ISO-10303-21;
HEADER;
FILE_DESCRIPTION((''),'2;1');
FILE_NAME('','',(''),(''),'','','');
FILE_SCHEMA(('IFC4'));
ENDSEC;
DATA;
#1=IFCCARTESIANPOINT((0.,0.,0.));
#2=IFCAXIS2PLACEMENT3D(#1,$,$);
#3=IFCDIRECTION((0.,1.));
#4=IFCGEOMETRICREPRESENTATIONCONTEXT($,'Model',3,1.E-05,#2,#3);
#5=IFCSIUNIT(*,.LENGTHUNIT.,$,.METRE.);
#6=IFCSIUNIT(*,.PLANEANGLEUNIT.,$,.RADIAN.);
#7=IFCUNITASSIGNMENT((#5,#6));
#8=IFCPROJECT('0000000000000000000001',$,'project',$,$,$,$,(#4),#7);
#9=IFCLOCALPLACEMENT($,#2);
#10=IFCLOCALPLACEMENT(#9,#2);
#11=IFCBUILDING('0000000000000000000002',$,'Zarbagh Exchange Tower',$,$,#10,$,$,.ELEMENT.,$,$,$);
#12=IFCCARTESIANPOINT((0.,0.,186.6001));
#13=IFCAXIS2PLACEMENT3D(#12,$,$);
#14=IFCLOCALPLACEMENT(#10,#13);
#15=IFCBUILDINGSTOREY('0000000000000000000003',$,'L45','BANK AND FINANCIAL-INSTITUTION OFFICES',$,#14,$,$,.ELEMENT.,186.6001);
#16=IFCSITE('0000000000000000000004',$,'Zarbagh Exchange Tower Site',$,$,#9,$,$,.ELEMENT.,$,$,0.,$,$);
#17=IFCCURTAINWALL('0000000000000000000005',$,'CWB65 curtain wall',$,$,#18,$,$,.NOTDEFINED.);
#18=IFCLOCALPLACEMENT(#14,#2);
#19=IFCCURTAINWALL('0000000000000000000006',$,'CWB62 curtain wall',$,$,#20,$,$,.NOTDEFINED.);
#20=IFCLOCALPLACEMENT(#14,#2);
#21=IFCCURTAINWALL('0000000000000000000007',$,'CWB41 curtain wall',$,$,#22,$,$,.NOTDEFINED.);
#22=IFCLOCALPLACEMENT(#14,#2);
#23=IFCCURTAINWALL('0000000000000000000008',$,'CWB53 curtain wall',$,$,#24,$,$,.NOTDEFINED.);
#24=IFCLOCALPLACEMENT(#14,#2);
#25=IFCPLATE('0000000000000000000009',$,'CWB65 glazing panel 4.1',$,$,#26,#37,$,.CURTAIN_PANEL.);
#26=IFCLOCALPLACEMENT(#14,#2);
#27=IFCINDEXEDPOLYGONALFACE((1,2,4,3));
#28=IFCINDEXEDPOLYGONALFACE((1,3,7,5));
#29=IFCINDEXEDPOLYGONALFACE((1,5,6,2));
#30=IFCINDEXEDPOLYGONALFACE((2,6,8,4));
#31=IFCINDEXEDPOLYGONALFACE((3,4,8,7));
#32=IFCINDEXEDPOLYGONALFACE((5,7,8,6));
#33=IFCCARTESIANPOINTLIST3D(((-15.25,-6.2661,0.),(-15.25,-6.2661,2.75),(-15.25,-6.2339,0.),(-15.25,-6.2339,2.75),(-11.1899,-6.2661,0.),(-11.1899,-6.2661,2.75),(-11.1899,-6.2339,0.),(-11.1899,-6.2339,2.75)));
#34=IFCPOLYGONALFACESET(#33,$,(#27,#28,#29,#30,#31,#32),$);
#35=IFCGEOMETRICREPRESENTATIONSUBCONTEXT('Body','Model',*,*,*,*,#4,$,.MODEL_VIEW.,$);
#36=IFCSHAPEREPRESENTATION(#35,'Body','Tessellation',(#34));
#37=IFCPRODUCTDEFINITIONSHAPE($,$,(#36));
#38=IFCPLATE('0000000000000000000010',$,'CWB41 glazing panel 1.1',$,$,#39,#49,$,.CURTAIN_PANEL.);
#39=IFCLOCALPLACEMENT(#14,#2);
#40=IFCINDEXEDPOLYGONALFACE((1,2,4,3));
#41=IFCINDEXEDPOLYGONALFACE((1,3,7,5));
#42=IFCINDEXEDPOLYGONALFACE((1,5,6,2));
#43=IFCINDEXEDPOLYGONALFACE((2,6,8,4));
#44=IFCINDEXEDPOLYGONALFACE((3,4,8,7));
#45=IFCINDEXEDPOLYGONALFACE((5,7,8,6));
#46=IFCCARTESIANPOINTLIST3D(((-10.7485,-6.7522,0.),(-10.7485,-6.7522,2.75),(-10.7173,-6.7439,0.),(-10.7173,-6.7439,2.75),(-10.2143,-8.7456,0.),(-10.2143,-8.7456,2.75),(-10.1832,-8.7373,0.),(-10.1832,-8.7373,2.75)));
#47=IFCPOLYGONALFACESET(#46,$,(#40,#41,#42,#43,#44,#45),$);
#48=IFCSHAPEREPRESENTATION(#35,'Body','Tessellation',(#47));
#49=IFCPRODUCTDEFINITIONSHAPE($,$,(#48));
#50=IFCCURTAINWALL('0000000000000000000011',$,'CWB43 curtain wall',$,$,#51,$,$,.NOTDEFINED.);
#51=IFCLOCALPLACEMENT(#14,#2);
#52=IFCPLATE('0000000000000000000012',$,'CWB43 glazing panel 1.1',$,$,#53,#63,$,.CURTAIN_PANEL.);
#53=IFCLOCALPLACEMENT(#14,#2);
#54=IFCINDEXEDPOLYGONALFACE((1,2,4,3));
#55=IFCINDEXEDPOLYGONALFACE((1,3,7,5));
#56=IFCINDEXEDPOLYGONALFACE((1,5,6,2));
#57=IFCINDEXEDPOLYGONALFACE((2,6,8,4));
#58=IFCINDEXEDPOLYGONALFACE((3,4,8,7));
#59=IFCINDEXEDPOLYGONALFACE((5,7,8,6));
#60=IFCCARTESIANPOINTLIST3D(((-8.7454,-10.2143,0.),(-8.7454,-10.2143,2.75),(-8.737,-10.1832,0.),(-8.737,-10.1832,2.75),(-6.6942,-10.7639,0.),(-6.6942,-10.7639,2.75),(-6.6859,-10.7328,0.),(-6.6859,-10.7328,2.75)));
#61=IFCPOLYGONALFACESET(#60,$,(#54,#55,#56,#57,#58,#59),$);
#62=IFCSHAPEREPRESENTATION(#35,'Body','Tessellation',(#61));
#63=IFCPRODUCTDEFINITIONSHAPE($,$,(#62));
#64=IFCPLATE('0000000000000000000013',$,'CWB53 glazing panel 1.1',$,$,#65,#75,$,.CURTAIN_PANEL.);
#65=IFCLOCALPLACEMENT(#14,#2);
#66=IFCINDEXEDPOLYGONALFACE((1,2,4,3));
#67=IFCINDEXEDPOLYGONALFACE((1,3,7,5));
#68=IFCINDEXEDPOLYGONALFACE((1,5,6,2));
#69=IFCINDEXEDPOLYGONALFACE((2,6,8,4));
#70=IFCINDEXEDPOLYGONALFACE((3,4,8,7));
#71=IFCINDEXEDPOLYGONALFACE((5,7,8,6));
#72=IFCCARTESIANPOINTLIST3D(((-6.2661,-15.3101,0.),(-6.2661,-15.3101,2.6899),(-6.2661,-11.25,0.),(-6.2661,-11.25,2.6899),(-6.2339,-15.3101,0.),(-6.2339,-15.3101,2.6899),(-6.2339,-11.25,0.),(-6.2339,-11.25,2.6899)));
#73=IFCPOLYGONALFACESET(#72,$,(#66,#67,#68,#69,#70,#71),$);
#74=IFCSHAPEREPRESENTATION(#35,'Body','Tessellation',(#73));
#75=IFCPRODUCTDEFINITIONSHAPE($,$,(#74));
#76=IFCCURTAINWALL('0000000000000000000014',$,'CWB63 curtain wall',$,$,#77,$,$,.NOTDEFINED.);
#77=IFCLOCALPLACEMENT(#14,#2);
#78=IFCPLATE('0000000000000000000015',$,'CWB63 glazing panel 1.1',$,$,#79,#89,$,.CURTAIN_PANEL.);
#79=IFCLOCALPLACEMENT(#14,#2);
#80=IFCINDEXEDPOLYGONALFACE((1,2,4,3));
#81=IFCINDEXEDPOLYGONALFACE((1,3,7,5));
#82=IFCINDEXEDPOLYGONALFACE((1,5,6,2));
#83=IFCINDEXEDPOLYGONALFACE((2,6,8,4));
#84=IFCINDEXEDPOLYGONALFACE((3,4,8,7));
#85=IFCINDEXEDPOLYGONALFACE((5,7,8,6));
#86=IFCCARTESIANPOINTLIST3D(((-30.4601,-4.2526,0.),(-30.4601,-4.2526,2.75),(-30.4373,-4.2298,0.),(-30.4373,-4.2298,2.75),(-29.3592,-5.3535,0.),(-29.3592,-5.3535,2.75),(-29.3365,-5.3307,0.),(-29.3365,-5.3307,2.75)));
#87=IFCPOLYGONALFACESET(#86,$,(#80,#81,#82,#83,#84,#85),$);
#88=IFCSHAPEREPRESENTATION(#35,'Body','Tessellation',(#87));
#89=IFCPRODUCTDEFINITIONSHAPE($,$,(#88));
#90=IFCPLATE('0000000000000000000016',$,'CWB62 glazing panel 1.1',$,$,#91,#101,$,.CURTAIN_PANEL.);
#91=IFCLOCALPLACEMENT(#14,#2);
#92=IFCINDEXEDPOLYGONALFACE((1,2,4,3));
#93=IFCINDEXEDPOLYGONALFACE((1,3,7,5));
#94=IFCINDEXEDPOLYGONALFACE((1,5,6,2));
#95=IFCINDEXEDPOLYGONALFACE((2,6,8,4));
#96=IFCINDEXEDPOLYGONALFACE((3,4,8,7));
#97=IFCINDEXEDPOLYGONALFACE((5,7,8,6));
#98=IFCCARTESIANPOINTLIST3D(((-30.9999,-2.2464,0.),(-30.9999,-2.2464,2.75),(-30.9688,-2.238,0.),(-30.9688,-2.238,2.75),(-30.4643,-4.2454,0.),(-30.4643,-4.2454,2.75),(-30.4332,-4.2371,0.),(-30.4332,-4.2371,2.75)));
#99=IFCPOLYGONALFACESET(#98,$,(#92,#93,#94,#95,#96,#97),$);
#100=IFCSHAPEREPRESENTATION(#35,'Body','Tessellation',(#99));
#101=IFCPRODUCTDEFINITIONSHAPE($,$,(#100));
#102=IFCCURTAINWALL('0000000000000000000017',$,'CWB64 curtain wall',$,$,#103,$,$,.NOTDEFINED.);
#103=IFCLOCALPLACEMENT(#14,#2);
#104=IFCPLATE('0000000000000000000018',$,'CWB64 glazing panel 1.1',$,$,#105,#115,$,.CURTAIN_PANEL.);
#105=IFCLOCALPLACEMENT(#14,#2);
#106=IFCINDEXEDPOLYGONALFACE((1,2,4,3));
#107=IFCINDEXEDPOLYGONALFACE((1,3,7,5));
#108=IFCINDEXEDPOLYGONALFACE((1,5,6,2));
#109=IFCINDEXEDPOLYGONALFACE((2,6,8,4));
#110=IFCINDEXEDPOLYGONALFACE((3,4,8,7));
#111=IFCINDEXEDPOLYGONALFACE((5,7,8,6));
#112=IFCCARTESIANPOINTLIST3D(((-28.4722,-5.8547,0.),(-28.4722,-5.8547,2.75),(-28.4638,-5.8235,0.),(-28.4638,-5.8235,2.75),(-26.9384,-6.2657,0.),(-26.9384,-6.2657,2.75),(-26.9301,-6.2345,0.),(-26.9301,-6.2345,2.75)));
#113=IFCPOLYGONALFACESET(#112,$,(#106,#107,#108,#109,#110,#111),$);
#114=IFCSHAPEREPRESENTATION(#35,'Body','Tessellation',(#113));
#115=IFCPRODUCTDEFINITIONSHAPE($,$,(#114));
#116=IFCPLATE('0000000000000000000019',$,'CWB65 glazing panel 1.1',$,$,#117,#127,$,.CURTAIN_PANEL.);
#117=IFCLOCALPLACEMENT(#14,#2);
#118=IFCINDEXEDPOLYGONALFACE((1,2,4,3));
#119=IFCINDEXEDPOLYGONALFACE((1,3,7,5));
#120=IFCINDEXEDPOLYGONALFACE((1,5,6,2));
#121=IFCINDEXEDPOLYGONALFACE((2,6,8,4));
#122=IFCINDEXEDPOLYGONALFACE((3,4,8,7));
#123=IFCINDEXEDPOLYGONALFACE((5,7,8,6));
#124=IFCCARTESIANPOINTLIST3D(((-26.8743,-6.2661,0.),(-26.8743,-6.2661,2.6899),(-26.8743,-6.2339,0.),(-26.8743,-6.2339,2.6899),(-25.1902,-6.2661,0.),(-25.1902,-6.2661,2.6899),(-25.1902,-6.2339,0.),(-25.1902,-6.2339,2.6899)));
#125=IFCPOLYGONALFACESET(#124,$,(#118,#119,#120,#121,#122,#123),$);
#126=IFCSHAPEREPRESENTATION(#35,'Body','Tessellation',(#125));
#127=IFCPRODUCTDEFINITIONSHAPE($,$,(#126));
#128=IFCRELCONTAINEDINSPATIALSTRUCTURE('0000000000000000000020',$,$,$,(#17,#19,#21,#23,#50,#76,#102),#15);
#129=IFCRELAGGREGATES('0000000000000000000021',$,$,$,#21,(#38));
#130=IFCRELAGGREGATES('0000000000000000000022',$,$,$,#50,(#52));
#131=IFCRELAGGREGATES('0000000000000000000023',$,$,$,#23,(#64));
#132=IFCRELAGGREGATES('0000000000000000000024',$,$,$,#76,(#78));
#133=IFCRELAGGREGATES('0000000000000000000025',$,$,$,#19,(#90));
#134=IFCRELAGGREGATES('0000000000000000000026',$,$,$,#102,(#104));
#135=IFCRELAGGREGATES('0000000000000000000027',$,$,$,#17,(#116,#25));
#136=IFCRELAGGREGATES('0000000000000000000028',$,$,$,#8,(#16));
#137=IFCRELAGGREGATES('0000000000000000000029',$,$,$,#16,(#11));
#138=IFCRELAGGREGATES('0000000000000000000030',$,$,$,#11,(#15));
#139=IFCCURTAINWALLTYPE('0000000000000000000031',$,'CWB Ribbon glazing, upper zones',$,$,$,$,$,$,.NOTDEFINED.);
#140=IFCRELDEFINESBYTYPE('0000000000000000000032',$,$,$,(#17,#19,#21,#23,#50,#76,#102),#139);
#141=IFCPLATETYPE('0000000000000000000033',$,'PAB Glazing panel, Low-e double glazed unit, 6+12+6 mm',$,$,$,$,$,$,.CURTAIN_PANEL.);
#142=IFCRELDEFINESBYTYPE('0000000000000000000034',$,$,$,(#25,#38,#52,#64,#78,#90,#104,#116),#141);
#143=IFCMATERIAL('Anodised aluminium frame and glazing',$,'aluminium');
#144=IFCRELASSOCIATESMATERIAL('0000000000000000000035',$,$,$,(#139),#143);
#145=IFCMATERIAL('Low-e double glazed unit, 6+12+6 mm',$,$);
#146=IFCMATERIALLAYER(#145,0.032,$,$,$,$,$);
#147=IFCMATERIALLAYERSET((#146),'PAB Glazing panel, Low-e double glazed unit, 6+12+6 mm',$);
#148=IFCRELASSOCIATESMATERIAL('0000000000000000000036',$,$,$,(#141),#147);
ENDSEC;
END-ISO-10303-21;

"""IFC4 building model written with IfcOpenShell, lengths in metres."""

from ifc_helpers import new_model, si_unit, direction, frame, origin, place, context, subcontext, project, spatial, polyline, outline, extrude, source, transform, mapped, material, layer, layer_set, type_object, element, aggregate, save


model = new_model("IFC4")

# Units and contexts
model_context = context("Model", 3, precision=1e-05, world=origin(), true_north=direction((0.0, 1.0)))
body_context = subcontext(model_context, "Body", "Model", "MODEL_VIEW")
ifc_project = project(units=[si_unit("LENGTHUNIT", "METRE"), si_unit("PLANEANGLEUNIT", "RADIAN")], contexts=[model_context])

# Site, building, storey
site_placement = place(None, origin())
site = spatial("IfcSite", under=ifc_project, at=site_placement, Name="Zarbagh Exchange Tower Site", CompositionType="ELEMENT", RefElevation=0.0)
building_placement = place(site_placement, origin())
building = spatial("IfcBuilding", under=site, at=building_placement, Name="Zarbagh Exchange Tower", CompositionType="ELEMENT")
storey_placement = place(building_placement, frame((0.0, 0.0, 186.6001)))
storey = spatial("IfcBuildingStorey", under=building, at=storey_placement, Name="L45", Description="BANK AND FINANCIAL-INSTITUTION OFFICES", CompositionType="ELEMENT", Elevation=186.6001)

# Curtain walls
ifc_material_1 = material(Name="Anodised aluminium frame and glazing", Category="aluminium")
curtain_wall_type = type_object("IfcCurtainWallType", Name="CWB Ribbon glazing, upper zones", PredefinedType="NOTDEFINED", material=ifc_material_1)
curtain_wall_1_placement = place(storey_placement, origin())
curtain_wall_1 = element("IfcCurtainWall", 1, at=curtain_wall_1_placement, inside=storey, type_object=curtain_wall_type, Name="CWB65 curtain wall", PredefinedType="NOTDEFINED")
placement = place(storey_placement, origin())
curtain_wall_2_placement = place(storey_placement, origin())
curtain_wall_2 = element("IfcCurtainWall", 2, at=curtain_wall_2_placement, inside=storey, type_object=curtain_wall_type, Name="CWB62 curtain wall", PredefinedType="NOTDEFINED")

# Curtain wall
curtain_wall_3_placement = place(storey_placement, origin())
curtain_wall_3 = element("IfcCurtainWall", 3, at=curtain_wall_3_placement, inside=storey, type_object=curtain_wall_type, Name="CWB41 curtain wall", PredefinedType="NOTDEFINED")

# Curtain wall
curtain_wall_4_placement = place(storey_placement, origin())
curtain_wall_4 = element("IfcCurtainWall", 4, at=curtain_wall_4_placement, inside=storey, type_object=curtain_wall_type, Name="CWB53 curtain wall", PredefinedType="NOTDEFINED")

# Shared definitions
ifc_material_2 = material(Name="Low-e double glazed unit, 6+12+6 mm")
ifc_layer = layer(ifc_material_2, 0.032)
ifc_layer_set = layer_set([ifc_layer], Name="PAB Glazing panel, Low-e double glazed unit, 6+12+6 mm")
plate_type = type_object("IfcPlateType", Name="PAB Glazing panel, Low-e double glazed unit, 6+12+6 mm", PredefinedType="CURTAIN_PANEL", material=ifc_layer_set)

# Plates
shared_shape_1 = source(origin(), body_context, "Body", "SweptSolid", [
    extrude(outline(polyline([(0.0, -0.0161), (4.0601, -0.0161), (4.0601, 0.0161), (0.0, 0.0161), (0.0, -0.0161)])), origin(), (0.0, 0.0, 1.0), 2.75),
])
plate_1 = element("IfcPlate", 5, at=placement, type_object=plate_type, Name="CWB65 glazing panel 4.1", PredefinedType="CURTAIN_PANEL", context=body_context, shape_type="MappedRepresentation", body=[
    mapped(shared_shape_1, transform((-15.25, -6.25, 0.0), x_axis=(1.0, 0.0, 0.0), y_axis=(0.0, 1.0, 0.0), z_axis=(0.0, 0.0, 1.0))),
])
shared_shape_2 = source(origin(), body_context, "Body", "SweptSolid", [
    extrude(outline(polyline([(0.0, -0.0161), (2.0637, -0.0161), (2.0637, 0.0161), (0.0, 0.0161), (0.0, -0.0161)])), origin(), (0.0, 0.0, 1.0), 2.75),
])
plate_2 = element("IfcPlate", 6, at=placement, type_object=plate_type, Name="CWB41 glazing panel 1.1", PredefinedType="CURTAIN_PANEL", context=body_context, shape_type="MappedRepresentation", body=[
    mapped(shared_shape_2, transform((-10.7329, -6.748, 0.0), x_axis=(0.258825, -0.965924, 0.0), y_axis=(0.965924, 0.258825, 0.0), z_axis=(0.0, 0.0, 1.0))),
])
aggregate(curtain_wall_3, [plate_2])

# Curtain wall, plate
curtain_wall_5_placement = place(storey_placement, origin())
curtain_wall_5 = element("IfcCurtainWall", 7, at=curtain_wall_5_placement, inside=storey, type_object=curtain_wall_type, Name="CWB43 curtain wall", PredefinedType="NOTDEFINED")
shared_shape_3 = source(origin(), body_context, "Body", "SweptSolid", [
    extrude(outline(polyline([(0.0, -0.0161), (2.1235, -0.0161), (2.1235, 0.0161), (0.0, 0.0161), (0.0, -0.0161)])), origin(), (0.0, 0.0, 1.0), 2.75),
])
plate_3 = element("IfcPlate", 8, at=placement, type_object=plate_type, Name="CWB43 glazing panel 1.1", PredefinedType="CURTAIN_PANEL", context=body_context, shape_type="MappedRepresentation", body=[
    mapped(shared_shape_3, transform((-8.7412, -10.1987, 0.0), x_axis=(0.965924, -0.258825, 0.0), y_axis=(0.258825, 0.965924, 0.0), z_axis=(0.0, 0.0, 1.0))),
])
aggregate(curtain_wall_5, [plate_3])

# Plate
shared_shape_4 = source(origin(), body_context, "Body", "SweptSolid", [
    extrude(outline(polyline([(0.0, -0.0161), (4.0601, -0.0161), (4.0601, 0.0161), (0.0, 0.0161), (0.0, -0.0161)])), origin(), (0.0, 0.0, 1.0), 2.6899),
])
plate_4 = element("IfcPlate", 9, at=placement, type_object=plate_type, Name="CWB53 glazing panel 1.1", PredefinedType="CURTAIN_PANEL", context=body_context, shape_type="MappedRepresentation", body=[
    mapped(shared_shape_4, transform((-6.25, -11.25, 0.0), x_axis=(0.0, -1.0, 0.0), y_axis=(1.0, 0.0, 0.0), z_axis=(0.0, 0.0, 1.0))),
])
aggregate(curtain_wall_4, [plate_4])

# Curtain wall, plate
curtain_wall_6_placement = place(storey_placement, origin())
curtain_wall_6 = element("IfcCurtainWall", 10, at=curtain_wall_6_placement, inside=storey, type_object=curtain_wall_type, Name="CWB63 curtain wall", PredefinedType="NOTDEFINED")
shared_shape_5 = source(origin(), body_context, "Body", "SweptSolid", [
    extrude(outline(polyline([(0.0, -0.0161), (1.5569, -0.0161), (1.5569, 0.0161), (0.0, 0.0161), (0.0, -0.0161)])), origin(), (0.0, 0.0, 1.0), 2.75),
])
plate_5 = element("IfcPlate", 11, at=placement, type_object=plate_type, Name="CWB63 glazing panel 1.1", PredefinedType="CURTAIN_PANEL", context=body_context, shape_type="MappedRepresentation", body=[
    mapped(shared_shape_5, transform((-30.4487, -4.2412, 0.0), x_axis=(0.707107, -0.707107, 0.0), y_axis=(0.707107, 0.707107, 0.0), z_axis=(0.0, 0.0, 1.0))),
])
aggregate(curtain_wall_6, [plate_5])

# Plate
shared_shape_6 = source(origin(), body_context, "Body", "SweptSolid", [
    extrude(outline(polyline([(0.0, -0.0161), (2.0696, -0.0161), (2.0696, 0.0161), (0.0, 0.0161), (0.0, -0.0161)])), origin(), (0.0, 0.0, 1.0), 2.75),
])
plate_6 = element("IfcPlate", 12, at=placement, type_object=plate_type, Name="CWB62 glazing panel 1.1", PredefinedType="CURTAIN_PANEL", context=body_context, shape_type="MappedRepresentation", body=[
    mapped(shared_shape_6, transform((-30.9844, -2.2422, 0.0), x_axis=(0.258825, -0.965924, 0.0), y_axis=(0.965924, 0.258825, 0.0), z_axis=(0.0, 0.0, 1.0))),
])
aggregate(curtain_wall_2, [plate_6])

# Curtain wall, plate
curtain_wall_7_placement = place(storey_placement, origin())
curtain_wall_7 = element("IfcCurtainWall", 13, at=curtain_wall_7_placement, inside=storey, type_object=curtain_wall_type, Name="CWB64 curtain wall", PredefinedType="NOTDEFINED")
shared_shape_7 = source(origin(), body_context, "Body", "SweptSolid", [
    extrude(outline(polyline([(0.0, -0.0161), (1.5879, -0.0161), (1.5879, 0.0161), (0.0, 0.0161), (0.0, -0.0161)])), origin(), (0.0, 0.0, 1.0), 2.75),
])
plate_7 = element("IfcPlate", 14, at=placement, type_object=plate_type, Name="CWB64 glazing panel 1.1", PredefinedType="CURTAIN_PANEL", context=body_context, shape_type="MappedRepresentation", body=[
    mapped(shared_shape_7, transform((-28.468, -5.8391, 0.0), x_axis=(0.965924, -0.258825, 0.0), y_axis=(0.258825, 0.965924, 0.0), z_axis=(0.0, 0.0, 1.0))),
])
aggregate(curtain_wall_7, [plate_7])

# Plate
shared_shape_8 = source(origin(), body_context, "Body", "SweptSolid", [
    extrude(outline(polyline([(0.0, -0.0161), (1.6841, -0.0161), (1.6841, 0.0161), (0.0, 0.0161), (0.0, -0.0161)])), origin(), (0.0, 0.0, 1.0), 2.6899),
])
plate_8 = element("IfcPlate", 15, at=placement, type_object=plate_type, Name="CWB65 glazing panel 1.1", PredefinedType="CURTAIN_PANEL", context=body_context, shape_type="MappedRepresentation", body=[
    mapped(shared_shape_8, transform((-26.8743, -6.25, 0.0), x_axis=(1.0, 0.0, 0.0), y_axis=(0.0, 1.0, 0.0), z_axis=(0.0, 0.0, 1.0))),
])
aggregate(curtain_wall_1, [plate_8, plate_1])

save(model, "model.ifc")
